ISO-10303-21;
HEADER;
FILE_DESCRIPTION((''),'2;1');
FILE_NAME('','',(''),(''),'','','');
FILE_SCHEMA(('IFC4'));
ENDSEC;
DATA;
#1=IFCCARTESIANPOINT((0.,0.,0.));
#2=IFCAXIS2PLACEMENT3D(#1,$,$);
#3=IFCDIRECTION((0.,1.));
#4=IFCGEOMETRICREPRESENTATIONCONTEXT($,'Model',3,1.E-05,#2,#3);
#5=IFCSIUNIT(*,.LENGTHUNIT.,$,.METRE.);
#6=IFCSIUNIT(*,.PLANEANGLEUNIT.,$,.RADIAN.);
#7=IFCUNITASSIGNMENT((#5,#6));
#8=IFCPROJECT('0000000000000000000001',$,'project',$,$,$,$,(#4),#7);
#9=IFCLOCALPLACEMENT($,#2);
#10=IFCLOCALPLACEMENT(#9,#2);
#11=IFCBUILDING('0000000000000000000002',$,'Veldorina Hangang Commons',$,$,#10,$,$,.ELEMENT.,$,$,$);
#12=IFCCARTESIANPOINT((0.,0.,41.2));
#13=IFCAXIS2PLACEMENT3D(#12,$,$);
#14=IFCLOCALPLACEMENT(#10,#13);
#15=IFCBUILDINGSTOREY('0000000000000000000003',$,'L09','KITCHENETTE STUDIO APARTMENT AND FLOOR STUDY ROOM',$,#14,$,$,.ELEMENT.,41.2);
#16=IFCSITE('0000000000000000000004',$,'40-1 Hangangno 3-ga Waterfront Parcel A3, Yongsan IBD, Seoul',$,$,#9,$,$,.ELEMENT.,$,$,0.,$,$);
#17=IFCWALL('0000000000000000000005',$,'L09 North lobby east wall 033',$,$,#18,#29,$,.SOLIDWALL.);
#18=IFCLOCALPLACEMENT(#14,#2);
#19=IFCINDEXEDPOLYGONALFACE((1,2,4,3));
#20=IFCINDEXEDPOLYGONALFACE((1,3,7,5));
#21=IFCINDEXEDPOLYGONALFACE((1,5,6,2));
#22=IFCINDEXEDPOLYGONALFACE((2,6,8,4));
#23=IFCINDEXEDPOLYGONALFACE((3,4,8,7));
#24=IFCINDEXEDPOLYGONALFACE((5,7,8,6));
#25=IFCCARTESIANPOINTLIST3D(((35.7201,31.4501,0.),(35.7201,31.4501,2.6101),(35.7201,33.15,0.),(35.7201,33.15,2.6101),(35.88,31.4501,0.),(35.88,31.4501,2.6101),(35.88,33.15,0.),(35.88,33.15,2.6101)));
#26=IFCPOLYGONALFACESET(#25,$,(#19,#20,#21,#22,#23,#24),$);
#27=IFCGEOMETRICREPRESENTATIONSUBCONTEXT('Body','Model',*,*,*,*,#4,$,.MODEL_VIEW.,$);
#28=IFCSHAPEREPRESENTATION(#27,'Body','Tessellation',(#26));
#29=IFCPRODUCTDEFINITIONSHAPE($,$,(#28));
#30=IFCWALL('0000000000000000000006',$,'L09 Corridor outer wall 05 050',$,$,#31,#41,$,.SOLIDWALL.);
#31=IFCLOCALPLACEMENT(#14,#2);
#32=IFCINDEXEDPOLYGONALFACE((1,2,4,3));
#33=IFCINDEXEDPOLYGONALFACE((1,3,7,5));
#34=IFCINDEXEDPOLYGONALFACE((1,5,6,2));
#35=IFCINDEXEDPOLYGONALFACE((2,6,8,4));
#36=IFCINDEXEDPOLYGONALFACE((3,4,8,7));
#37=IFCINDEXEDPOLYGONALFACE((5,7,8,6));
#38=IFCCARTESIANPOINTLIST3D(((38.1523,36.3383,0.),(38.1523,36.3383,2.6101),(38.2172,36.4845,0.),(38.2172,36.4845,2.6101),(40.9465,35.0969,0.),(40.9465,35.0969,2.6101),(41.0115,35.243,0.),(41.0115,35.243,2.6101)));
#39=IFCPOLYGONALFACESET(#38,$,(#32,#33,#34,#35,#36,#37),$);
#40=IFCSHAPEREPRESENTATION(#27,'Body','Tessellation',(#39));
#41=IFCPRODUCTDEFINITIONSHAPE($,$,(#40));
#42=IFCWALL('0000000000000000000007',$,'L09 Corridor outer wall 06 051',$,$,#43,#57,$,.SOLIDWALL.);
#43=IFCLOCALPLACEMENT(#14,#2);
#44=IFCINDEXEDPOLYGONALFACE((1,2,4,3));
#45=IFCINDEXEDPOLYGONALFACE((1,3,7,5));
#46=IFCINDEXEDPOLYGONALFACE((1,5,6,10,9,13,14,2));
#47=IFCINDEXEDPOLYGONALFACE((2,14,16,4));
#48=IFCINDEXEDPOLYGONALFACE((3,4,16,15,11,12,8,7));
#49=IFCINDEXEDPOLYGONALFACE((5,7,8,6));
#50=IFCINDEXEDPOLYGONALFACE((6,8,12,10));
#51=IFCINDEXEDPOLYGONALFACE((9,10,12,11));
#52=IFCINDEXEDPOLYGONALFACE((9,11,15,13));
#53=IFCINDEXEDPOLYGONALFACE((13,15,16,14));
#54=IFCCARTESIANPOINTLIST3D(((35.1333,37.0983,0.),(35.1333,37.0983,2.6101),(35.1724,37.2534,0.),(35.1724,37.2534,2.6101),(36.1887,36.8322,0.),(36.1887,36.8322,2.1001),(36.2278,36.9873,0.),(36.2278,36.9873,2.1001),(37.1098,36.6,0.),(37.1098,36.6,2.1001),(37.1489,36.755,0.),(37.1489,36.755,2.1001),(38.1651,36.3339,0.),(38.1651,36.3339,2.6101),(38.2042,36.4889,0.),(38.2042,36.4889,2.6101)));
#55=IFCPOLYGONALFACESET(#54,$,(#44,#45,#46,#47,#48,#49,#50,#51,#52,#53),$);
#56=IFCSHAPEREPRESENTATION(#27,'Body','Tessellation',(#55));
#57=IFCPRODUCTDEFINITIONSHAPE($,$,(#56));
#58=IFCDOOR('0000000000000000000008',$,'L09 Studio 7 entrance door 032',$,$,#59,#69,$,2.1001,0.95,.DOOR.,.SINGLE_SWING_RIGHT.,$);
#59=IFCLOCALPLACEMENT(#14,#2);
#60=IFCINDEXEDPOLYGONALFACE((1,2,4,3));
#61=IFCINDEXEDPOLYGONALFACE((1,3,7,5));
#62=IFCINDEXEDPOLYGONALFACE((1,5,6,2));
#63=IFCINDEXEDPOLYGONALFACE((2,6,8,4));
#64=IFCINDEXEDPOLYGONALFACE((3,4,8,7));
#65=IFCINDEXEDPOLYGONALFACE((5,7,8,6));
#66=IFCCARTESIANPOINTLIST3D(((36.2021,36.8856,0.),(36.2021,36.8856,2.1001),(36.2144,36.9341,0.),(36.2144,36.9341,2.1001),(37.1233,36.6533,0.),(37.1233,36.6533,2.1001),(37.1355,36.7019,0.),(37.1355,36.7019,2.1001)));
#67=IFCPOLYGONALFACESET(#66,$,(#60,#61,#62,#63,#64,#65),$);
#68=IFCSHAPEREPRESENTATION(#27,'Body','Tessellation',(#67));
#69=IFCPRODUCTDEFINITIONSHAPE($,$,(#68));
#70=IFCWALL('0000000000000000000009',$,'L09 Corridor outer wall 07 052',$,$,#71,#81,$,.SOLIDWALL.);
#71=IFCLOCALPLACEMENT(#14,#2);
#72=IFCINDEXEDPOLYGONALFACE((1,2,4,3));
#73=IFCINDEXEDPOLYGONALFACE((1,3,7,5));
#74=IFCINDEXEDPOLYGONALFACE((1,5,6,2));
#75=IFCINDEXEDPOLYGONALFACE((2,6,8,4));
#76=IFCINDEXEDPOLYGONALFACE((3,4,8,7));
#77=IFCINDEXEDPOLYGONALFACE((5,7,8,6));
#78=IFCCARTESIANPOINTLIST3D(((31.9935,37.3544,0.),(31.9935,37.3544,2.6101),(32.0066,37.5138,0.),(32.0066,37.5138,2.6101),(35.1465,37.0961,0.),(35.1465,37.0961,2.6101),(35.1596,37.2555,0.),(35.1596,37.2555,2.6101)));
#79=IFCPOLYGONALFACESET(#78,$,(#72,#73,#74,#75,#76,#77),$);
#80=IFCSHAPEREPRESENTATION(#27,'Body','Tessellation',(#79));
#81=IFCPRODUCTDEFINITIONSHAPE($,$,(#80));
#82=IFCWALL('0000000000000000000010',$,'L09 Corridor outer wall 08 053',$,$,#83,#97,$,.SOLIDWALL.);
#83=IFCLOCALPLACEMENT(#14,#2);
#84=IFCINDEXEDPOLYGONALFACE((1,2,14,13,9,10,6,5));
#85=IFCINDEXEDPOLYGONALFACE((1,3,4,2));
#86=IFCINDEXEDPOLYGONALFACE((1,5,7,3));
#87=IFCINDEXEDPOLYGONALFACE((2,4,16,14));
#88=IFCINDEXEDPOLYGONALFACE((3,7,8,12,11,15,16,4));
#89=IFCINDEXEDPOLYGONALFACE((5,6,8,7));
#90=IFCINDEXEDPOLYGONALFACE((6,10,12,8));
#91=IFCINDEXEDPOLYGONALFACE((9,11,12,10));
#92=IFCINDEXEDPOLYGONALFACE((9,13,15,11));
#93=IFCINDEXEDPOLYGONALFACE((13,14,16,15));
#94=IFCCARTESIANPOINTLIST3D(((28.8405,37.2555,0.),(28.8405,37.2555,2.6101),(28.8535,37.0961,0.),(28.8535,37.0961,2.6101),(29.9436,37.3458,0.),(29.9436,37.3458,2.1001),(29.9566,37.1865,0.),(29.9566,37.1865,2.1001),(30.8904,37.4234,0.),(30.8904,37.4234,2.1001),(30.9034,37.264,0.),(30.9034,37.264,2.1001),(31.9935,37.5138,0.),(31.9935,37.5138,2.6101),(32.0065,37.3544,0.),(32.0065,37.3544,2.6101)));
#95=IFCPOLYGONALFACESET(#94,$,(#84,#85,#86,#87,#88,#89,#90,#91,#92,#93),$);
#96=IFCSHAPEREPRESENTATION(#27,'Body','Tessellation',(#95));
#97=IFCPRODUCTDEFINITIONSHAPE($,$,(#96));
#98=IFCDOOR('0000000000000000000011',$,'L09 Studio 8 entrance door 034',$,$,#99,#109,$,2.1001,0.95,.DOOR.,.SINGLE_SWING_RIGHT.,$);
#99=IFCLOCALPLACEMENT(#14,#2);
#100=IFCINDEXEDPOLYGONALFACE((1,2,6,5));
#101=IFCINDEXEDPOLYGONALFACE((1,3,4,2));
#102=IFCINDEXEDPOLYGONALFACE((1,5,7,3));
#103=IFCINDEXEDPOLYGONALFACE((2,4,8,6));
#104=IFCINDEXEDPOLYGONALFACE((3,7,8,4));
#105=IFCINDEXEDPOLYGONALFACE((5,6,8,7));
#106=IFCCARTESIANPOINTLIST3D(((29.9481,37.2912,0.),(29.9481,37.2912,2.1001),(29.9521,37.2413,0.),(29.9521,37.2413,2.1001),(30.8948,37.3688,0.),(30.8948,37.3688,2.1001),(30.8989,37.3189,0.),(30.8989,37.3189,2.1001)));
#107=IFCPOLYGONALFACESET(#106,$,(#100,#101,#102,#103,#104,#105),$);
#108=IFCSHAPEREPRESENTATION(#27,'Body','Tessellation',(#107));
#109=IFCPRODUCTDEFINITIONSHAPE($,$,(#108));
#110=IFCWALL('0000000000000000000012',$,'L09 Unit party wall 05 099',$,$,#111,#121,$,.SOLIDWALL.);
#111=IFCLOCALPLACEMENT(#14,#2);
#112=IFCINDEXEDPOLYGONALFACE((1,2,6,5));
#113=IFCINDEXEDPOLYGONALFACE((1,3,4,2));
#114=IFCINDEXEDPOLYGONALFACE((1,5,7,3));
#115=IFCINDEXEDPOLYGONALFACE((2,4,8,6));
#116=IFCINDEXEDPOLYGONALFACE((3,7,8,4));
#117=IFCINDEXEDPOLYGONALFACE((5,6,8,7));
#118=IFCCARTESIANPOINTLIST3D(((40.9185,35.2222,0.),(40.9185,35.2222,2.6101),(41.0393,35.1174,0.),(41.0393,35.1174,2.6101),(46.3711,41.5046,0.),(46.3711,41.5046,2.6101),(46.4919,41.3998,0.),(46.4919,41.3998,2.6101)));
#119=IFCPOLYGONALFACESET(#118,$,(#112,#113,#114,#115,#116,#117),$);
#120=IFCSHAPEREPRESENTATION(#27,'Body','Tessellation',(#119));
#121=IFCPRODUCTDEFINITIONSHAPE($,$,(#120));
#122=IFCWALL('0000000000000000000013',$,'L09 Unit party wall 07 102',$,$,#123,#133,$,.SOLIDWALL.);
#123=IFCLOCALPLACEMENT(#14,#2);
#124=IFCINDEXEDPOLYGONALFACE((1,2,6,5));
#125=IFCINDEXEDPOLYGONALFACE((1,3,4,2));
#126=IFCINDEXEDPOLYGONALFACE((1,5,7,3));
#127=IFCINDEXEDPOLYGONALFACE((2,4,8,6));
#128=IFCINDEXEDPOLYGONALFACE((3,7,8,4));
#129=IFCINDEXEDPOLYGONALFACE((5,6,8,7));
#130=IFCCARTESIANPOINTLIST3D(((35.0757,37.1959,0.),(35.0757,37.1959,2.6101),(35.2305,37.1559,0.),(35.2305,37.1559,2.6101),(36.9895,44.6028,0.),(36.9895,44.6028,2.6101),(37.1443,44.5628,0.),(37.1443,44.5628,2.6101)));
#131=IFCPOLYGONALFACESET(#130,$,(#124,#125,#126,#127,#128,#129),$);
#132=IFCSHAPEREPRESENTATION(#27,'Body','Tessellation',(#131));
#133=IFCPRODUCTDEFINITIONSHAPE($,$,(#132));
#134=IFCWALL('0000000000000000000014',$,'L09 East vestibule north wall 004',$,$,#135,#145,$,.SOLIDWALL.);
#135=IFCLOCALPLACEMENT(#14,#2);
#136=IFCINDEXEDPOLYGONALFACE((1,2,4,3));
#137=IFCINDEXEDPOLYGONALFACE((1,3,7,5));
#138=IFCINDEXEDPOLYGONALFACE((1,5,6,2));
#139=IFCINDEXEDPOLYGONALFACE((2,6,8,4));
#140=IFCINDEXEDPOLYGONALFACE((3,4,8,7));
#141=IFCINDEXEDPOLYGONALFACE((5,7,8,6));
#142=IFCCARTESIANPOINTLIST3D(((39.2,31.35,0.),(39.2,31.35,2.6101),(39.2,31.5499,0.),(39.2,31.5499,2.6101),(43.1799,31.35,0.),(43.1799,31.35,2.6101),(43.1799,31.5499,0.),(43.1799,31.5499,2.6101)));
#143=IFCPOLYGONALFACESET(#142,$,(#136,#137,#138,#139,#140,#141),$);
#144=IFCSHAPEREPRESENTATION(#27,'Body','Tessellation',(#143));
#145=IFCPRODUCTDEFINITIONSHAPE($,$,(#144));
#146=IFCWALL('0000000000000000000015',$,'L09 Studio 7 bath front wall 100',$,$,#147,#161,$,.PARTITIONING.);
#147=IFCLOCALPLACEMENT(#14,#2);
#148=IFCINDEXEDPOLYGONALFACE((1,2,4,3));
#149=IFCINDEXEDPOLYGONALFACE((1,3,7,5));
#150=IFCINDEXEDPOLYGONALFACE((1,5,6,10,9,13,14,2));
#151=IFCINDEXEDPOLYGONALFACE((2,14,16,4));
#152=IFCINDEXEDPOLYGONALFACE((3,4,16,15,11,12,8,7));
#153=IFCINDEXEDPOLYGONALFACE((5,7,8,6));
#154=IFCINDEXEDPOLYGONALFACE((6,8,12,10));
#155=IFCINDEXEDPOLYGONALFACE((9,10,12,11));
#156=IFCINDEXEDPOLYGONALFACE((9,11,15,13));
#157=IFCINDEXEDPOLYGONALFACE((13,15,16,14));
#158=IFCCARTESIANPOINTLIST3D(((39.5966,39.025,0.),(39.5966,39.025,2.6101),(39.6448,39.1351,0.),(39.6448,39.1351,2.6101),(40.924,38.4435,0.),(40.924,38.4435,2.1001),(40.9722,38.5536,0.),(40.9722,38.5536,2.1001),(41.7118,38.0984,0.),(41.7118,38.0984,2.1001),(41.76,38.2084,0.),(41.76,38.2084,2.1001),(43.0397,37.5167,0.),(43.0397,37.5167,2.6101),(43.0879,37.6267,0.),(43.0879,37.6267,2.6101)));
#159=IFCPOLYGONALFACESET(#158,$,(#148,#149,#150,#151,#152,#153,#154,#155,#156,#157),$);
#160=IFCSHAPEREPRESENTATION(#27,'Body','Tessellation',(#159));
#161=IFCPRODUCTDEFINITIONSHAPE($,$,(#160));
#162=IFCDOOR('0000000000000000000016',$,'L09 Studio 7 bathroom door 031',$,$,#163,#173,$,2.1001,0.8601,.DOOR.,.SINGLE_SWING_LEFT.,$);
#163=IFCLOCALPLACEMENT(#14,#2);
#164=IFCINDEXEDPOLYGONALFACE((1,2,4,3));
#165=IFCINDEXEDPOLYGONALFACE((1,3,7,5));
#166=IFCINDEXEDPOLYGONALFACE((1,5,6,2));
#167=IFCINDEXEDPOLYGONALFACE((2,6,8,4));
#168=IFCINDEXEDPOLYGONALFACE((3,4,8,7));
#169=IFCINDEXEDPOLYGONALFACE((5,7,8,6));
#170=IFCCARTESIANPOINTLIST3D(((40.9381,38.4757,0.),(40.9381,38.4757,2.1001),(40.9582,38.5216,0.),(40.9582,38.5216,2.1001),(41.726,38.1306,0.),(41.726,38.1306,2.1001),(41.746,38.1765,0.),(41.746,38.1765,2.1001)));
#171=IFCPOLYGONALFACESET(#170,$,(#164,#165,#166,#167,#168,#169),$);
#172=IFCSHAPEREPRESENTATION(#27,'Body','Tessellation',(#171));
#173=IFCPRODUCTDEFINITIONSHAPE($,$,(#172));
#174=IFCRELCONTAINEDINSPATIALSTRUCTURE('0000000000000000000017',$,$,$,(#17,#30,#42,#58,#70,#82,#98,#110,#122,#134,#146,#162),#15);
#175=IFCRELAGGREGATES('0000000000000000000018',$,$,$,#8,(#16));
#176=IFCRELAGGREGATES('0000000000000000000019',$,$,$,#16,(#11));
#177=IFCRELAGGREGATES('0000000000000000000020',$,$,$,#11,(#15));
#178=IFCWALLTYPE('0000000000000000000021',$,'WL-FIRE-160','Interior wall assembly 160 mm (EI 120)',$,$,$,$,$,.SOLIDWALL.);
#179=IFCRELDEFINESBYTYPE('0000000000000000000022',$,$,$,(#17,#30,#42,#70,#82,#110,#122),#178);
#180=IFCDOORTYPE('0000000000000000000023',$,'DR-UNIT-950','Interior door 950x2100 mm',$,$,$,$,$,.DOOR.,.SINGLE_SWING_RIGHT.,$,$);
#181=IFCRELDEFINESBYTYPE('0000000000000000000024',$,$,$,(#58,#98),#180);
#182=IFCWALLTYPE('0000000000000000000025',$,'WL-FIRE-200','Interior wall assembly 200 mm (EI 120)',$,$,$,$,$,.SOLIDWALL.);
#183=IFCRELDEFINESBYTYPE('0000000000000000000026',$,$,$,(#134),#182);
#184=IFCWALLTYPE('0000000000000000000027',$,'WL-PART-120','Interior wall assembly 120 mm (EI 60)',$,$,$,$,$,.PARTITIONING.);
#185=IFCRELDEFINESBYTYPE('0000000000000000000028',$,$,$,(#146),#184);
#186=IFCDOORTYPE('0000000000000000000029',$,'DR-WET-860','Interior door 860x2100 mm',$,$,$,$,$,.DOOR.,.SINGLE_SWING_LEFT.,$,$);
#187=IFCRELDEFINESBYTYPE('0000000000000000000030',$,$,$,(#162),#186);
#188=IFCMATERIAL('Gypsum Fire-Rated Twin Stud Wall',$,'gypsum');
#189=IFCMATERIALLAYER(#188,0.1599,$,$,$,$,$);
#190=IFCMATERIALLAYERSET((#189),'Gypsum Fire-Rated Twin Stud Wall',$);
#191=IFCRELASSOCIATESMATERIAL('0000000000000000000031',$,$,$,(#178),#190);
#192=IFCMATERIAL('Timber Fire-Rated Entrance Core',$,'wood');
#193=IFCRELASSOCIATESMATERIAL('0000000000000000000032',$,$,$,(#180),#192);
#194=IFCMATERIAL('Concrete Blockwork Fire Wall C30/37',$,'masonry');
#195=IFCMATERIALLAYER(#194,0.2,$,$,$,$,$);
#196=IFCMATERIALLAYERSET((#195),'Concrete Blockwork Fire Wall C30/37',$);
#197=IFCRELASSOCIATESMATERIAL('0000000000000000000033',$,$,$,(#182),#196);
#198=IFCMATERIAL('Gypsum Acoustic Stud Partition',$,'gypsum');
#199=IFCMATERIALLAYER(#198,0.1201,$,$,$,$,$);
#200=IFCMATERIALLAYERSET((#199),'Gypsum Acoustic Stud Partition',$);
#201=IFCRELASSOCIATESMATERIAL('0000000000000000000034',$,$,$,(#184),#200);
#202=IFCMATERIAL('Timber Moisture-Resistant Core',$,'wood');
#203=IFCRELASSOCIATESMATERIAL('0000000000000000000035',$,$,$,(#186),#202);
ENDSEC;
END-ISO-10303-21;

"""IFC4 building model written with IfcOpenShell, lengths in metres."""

from ifc_helpers import new_model, si_unit, direction, frame, frame_2d, origin, place, context, subcontext, project, spatial, rectangle, extrude, material, layer, layer_set, type_object, element, fill, save


model = new_model("IFC4")

# Units and contexts
model_context = context("Model", 3, precision=1e-05, world=origin(), true_north=direction((0.0, 1.0)))
body_context = subcontext(model_context, "Body", "Model", "MODEL_VIEW")
ifc_project = project(units=[si_unit("LENGTHUNIT", "METRE"), si_unit("PLANEANGLEUNIT", "RADIAN")], contexts=[model_context])

# Site, building, storey
site_placement = place(None, origin())
site = spatial("IfcSite", under=ifc_project, at=site_placement, Name="40-1 Hangangno 3-ga Waterfront Parcel A3, Yongsan IBD, Seoul", CompositionType="ELEMENT", RefElevation=0.0)
building_placement = place(site_placement, origin())
building = spatial("IfcBuilding", under=site, at=building_placement, Name="Veldorina Hangang Commons", CompositionType="ELEMENT")
storey_placement = place(building_placement, frame((0.0, 0.0, 41.2)))
storey = spatial("IfcBuildingStorey", under=building, at=storey_placement, Name="L09", Description="KITCHENETTE STUDIO APARTMENT AND FLOOR STUDY ROOM", CompositionType="ELEMENT", Elevation=41.2)

# Walls
ifc_material_1 = material(Name="Gypsum Fire-Rated Twin Stud Wall", Category="gypsum")
ifc_layer_1 = layer(ifc_material_1, 0.1599)
ifc_layer_set_1 = layer_set([ifc_layer_1], Name="Gypsum Fire-Rated Twin Stud Wall")
wall_type_1 = type_object("IfcWallType", Name="WL-FIRE-160", Description="Interior wall assembly 160 mm (EI 120)", PredefinedType="SOLIDWALL", material=ifc_layer_set_1)
wall_1_placement = place(storey_placement, frame((35.8, 31.45, 0.0), z_axis=(0.0, 0.0, 1.0), x_axis=(0.0, 1.0, 0.0)))
element("IfcWall", 1, at=wall_1_placement, inside=storey, type_object=wall_type_1, Name="L09 North lobby east wall 033", PredefinedType="SOLIDWALL", context=body_context, shape_type="SweptSolid", body=[
    extrude(rectangle(XDim=1.7, YDim=0.1599, at=frame_2d((0.8501, 0.0))), origin(), (0.0, 0.0, 1.0), 2.6101),
])
wall_2_placement = place(storey_placement, frame((40.979, 35.1699, 0.0), z_axis=(0.0, 0.0, 1.0), x_axis=(-0.913861, 0.406027, 0.0)))
element("IfcWall", 2, at=wall_2_placement, inside=storey, type_object=wall_type_1, Name="L09 Corridor outer wall 05 050", PredefinedType="SOLIDWALL", context=body_context, shape_type="SweptSolid", body=[
    extrude(rectangle(XDim=3.0576, YDim=0.1599, at=frame_2d((1.5288, 0.0))), origin(), (0.0, 0.0, 1.0), 2.6101),
])

# Wall, opening, door
wall_3_placement = place(storey_placement, frame((38.1848, 36.4114, 0.0), z_axis=(0.0, 0.0, 1.0), x_axis=(-0.969654, 0.244483, 0.0)))
wall_3 = element("IfcWall", 3, at=wall_3_placement, inside=storey, type_object=wall_type_1, Name="L09 Corridor outer wall 06 051", PredefinedType="SOLIDWALL", context=body_context, shape_type="SweptSolid", body=[
    extrude(rectangle(XDim=3.1267, YDim=0.1599, at=frame_2d((1.5635, 0.0))), origin(), (0.0, 0.0, 1.0), 2.6101),
])
opening_1_placement = place(wall_3_placement, frame((1.0884, 0.0, 0.0)))
opening_1 = element("IfcOpeningElement", 4, at=opening_1_placement, cuts=wall_3, PredefinedType="OPENING", context=body_context, shape_type="SweptSolid", body=[
    extrude(rectangle(XDim=0.95, YDim=2.1001, at=frame_2d((0.4751, 1.05))), frame((0.0, 0.0898, 0.0), z_axis=(0.0, -1.0, 0.0), x_axis=(1.0, 0.0, 0.0)), (0.0, 0.0, 1.0), 0.1799),
])
ifc_material_2 = material(Name="Timber Fire-Rated Entrance Core", Category="wood")
door_type_1 = type_object("IfcDoorType", Name="DR-UNIT-950", Description="Interior door 950x2100 mm", OperationType="SINGLE_SWING_RIGHT", PredefinedType="DOOR", material=ifc_material_2)
door_1_placement = place(opening_1_placement, origin())
door_1 = element("IfcDoor", 5, at=door_1_placement, inside=storey, type_object=door_type_1, Name="L09 Studio 7 entrance door 032", OperationType="SINGLE_SWING_RIGHT", OverallHeight=2.1001, OverallWidth=0.95, PredefinedType="DOOR", context=body_context, shape_type="SweptSolid", body=[
    extrude(rectangle(XDim=0.95, YDim=2.1001, at=frame_2d((0.4751, 1.05))), frame((0.0, 0.0249, 0.0), z_axis=(0.0, -1.0, 0.0), x_axis=(1.0, 0.0, 0.0)), (0.0, 0.0, 1.0), 0.05),
])
fill(opening_1, door_1)

# Wall
wall_4_placement = place(storey_placement, frame((35.1531, 37.1758, 0.0), z_axis=(0.0, 0.0, 1.0), x_axis=(-0.996661, 0.081647, 0.0)))
element("IfcWall", 6, at=wall_4_placement, inside=storey, type_object=wall_type_1, Name="L09 Corridor outer wall 07 052", PredefinedType="SOLIDWALL", context=body_context, shape_type="SweptSolid", body=[
    extrude(rectangle(XDim=3.1636, YDim=0.1599, at=frame_2d((1.5818, 0.0))), origin(), (0.0, 0.0, 1.0), 2.6101),
])

# Wall, opening, door
wall_5_placement = place(storey_placement, frame((32.0, 37.4341, 0.0), z_axis=(0.0, 0.0, 1.0), x_axis=(-0.996661, -0.081647, 0.0)))
wall_5 = element("IfcWall", 7, at=wall_5_placement, inside=storey, type_object=wall_type_1, Name="L09 Corridor outer wall 08 053", PredefinedType="SOLIDWALL", context=body_context, shape_type="SweptSolid", body=[
    extrude(rectangle(XDim=3.1636, YDim=0.1599, at=frame_2d((1.5818, 0.0))), origin(), (0.0, 0.0, 1.0), 2.6101),
])
opening_2_placement = place(wall_5_placement, frame((1.1067, 0.0, 0.0)))
opening_2 = element("IfcOpeningElement", 8, at=opening_2_placement, cuts=wall_5, PredefinedType="OPENING", context=body_context, shape_type="SweptSolid", body=[
    extrude(rectangle(XDim=0.95, YDim=2.1001, at=frame_2d((0.4751, 1.05))), frame((0.0, 0.0898, 0.0), z_axis=(0.0, -1.0, 0.0), x_axis=(1.0, 0.0, 0.0)), (0.0, 0.0, 1.0), 0.1799),
])
door_2_placement = place(opening_2_placement, origin())
door_2 = element("IfcDoor", 9, at=door_2_placement, inside=storey, type_object=door_type_1, Name="L09 Studio 8 entrance door 034", OperationType="SINGLE_SWING_RIGHT", OverallHeight=2.1001, OverallWidth=0.95, PredefinedType="DOOR", context=body_context, shape_type="SweptSolid", body=[
    extrude(rectangle(XDim=0.95, YDim=2.1001, at=frame_2d((0.4751, 1.05))), frame((0.0, 0.0249, 0.0), z_axis=(0.0, -1.0, 0.0), x_axis=(1.0, 0.0, 0.0)), (0.0, 0.0, 1.0), 0.05),
])
fill(opening_2, door_2)

# Walls
wall_6_placement = place(storey_placement, frame((40.979, 35.1699, 0.0), z_axis=(0.0, 0.0, 1.0), x_axis=(0.655468, 0.755223, 0.0)))
element("IfcWall", 10, at=wall_6_placement, inside=storey, type_object=wall_type_1, Name="L09 Unit party wall 05 099", PredefinedType="SOLIDWALL", context=body_context, shape_type="SweptSolid", body=[
    extrude(rectangle(XDim=8.3186, YDim=0.1599, at=frame_2d((4.1592, 0.0))), origin(), (0.0, 0.0, 1.0), 2.6101),
])
wall_7_placement = place(storey_placement, frame((35.1531, 37.1758, 0.0), z_axis=(0.0, 0.0, 1.0), x_axis=(0.250165, 0.968203, 0.0)))
element("IfcWall", 11, at=wall_7_placement, inside=storey, type_object=wall_type_1, Name="L09 Unit party wall 07 102", PredefinedType="SOLIDWALL", context=body_context, shape_type="SweptSolid", body=[
    extrude(rectangle(XDim=7.6501, YDim=0.1599, at=frame_2d((3.8252, 0.0))), origin(), (0.0, 0.0, 1.0), 2.6101),
])
ifc_material_3 = material(Name="Concrete Blockwork Fire Wall C30/37", Category="masonry")
ifc_layer_2 = layer(ifc_material_3, 0.2)
ifc_layer_set_2 = layer_set([ifc_layer_2], Name="Concrete Blockwork Fire Wall C30/37")
wall_type_2 = type_object("IfcWallType", Name="WL-FIRE-200", Description="Interior wall assembly 200 mm (EI 120)", PredefinedType="SOLIDWALL", material=ifc_layer_set_2)
wall_8_placement = place(storey_placement, frame((39.2, 31.45, 0.0), z_axis=(0.0, 0.0, 1.0), x_axis=(1.0, 0.0, 0.0)))
element("IfcWall", 12, at=wall_8_placement, inside=storey, type_object=wall_type_2, Name="L09 East vestibule north wall 004", PredefinedType="SOLIDWALL", context=body_context, shape_type="SweptSolid", body=[
    extrude(rectangle(XDim=3.98, YDim=0.2, at=frame_2d((1.99, 0.0))), origin(), (0.0, 0.0, 1.0), 2.6101),
])

# Wall, opening, door
ifc_material_4 = material(Name="Gypsum Acoustic Stud Partition", Category="gypsum")
ifc_layer_3 = layer(ifc_material_4, 0.1201)
ifc_layer_set_3 = layer_set([ifc_layer_3], Name="Gypsum Acoustic Stud Partition")
wall_type_3 = type_object("IfcWallType", Name="WL-PART-120", Description="Interior wall assembly 120 mm (EI 60)", PredefinedType="PARTITIONING", material=ifc_layer_set_3)
wall_9_placement = place(storey_placement, frame((43.0637, 37.5718, 0.0), z_axis=(0.0, 0.0, 1.0), x_axis=(-0.915968, 0.401251, 0.0)))
wall_9 = element("IfcWall", 13, at=wall_9_placement, inside=storey, type_object=wall_type_3, Name="L09 Studio 7 bath front wall 100", PredefinedType="PARTITIONING", context=body_context, shape_type="SweptSolid", body=[
    extrude(rectangle(XDim=3.759, YDim=0.1201, at=frame_2d((1.8794, 0.0))), origin(), (0.0, 0.0, 1.0), 2.6101),
])
opening_3_placement = place(wall_9_placement, frame((1.4495, 0.0, 0.0)))
opening_3 = element("IfcOpeningElement", 14, at=opening_3_placement, cuts=wall_9, PredefinedType="OPENING", context=body_context, shape_type="SweptSolid", body=[
    extrude(rectangle(XDim=0.8601, YDim=2.1001, at=frame_2d((0.4302, 1.05))), frame((0.0, 0.0701, 0.0), z_axis=(0.0, -1.0, 0.0), x_axis=(1.0, 0.0, 0.0)), (0.0, 0.0, 1.0), 0.1401),
])
ifc_material_5 = material(Name="Timber Moisture-Resistant Core", Category="wood")
door_type_2 = type_object("IfcDoorType", Name="DR-WET-860", Description="Interior door 860x2100 mm", OperationType="SINGLE_SWING_LEFT", PredefinedType="DOOR", material=ifc_material_5)
door_3_placement = place(opening_3_placement, origin())
door_3 = element("IfcDoor", 15, at=door_3_placement, inside=storey, type_object=door_type_2, Name="L09 Studio 7 bathroom door 031", OperationType="SINGLE_SWING_LEFT", OverallHeight=2.1001, OverallWidth=0.8601, PredefinedType="DOOR", context=body_context, shape_type="SweptSolid", body=[
    extrude(rectangle(XDim=0.8601, YDim=2.1001, at=frame_2d((0.4302, 1.05))), frame((0.0, 0.0249, 0.0), z_axis=(0.0, -1.0, 0.0), x_axis=(1.0, 0.0, 0.0)), (0.0, 0.0, 1.0), 0.05),
])
fill(opening_3, door_3)

save(model, "model.ifc")
